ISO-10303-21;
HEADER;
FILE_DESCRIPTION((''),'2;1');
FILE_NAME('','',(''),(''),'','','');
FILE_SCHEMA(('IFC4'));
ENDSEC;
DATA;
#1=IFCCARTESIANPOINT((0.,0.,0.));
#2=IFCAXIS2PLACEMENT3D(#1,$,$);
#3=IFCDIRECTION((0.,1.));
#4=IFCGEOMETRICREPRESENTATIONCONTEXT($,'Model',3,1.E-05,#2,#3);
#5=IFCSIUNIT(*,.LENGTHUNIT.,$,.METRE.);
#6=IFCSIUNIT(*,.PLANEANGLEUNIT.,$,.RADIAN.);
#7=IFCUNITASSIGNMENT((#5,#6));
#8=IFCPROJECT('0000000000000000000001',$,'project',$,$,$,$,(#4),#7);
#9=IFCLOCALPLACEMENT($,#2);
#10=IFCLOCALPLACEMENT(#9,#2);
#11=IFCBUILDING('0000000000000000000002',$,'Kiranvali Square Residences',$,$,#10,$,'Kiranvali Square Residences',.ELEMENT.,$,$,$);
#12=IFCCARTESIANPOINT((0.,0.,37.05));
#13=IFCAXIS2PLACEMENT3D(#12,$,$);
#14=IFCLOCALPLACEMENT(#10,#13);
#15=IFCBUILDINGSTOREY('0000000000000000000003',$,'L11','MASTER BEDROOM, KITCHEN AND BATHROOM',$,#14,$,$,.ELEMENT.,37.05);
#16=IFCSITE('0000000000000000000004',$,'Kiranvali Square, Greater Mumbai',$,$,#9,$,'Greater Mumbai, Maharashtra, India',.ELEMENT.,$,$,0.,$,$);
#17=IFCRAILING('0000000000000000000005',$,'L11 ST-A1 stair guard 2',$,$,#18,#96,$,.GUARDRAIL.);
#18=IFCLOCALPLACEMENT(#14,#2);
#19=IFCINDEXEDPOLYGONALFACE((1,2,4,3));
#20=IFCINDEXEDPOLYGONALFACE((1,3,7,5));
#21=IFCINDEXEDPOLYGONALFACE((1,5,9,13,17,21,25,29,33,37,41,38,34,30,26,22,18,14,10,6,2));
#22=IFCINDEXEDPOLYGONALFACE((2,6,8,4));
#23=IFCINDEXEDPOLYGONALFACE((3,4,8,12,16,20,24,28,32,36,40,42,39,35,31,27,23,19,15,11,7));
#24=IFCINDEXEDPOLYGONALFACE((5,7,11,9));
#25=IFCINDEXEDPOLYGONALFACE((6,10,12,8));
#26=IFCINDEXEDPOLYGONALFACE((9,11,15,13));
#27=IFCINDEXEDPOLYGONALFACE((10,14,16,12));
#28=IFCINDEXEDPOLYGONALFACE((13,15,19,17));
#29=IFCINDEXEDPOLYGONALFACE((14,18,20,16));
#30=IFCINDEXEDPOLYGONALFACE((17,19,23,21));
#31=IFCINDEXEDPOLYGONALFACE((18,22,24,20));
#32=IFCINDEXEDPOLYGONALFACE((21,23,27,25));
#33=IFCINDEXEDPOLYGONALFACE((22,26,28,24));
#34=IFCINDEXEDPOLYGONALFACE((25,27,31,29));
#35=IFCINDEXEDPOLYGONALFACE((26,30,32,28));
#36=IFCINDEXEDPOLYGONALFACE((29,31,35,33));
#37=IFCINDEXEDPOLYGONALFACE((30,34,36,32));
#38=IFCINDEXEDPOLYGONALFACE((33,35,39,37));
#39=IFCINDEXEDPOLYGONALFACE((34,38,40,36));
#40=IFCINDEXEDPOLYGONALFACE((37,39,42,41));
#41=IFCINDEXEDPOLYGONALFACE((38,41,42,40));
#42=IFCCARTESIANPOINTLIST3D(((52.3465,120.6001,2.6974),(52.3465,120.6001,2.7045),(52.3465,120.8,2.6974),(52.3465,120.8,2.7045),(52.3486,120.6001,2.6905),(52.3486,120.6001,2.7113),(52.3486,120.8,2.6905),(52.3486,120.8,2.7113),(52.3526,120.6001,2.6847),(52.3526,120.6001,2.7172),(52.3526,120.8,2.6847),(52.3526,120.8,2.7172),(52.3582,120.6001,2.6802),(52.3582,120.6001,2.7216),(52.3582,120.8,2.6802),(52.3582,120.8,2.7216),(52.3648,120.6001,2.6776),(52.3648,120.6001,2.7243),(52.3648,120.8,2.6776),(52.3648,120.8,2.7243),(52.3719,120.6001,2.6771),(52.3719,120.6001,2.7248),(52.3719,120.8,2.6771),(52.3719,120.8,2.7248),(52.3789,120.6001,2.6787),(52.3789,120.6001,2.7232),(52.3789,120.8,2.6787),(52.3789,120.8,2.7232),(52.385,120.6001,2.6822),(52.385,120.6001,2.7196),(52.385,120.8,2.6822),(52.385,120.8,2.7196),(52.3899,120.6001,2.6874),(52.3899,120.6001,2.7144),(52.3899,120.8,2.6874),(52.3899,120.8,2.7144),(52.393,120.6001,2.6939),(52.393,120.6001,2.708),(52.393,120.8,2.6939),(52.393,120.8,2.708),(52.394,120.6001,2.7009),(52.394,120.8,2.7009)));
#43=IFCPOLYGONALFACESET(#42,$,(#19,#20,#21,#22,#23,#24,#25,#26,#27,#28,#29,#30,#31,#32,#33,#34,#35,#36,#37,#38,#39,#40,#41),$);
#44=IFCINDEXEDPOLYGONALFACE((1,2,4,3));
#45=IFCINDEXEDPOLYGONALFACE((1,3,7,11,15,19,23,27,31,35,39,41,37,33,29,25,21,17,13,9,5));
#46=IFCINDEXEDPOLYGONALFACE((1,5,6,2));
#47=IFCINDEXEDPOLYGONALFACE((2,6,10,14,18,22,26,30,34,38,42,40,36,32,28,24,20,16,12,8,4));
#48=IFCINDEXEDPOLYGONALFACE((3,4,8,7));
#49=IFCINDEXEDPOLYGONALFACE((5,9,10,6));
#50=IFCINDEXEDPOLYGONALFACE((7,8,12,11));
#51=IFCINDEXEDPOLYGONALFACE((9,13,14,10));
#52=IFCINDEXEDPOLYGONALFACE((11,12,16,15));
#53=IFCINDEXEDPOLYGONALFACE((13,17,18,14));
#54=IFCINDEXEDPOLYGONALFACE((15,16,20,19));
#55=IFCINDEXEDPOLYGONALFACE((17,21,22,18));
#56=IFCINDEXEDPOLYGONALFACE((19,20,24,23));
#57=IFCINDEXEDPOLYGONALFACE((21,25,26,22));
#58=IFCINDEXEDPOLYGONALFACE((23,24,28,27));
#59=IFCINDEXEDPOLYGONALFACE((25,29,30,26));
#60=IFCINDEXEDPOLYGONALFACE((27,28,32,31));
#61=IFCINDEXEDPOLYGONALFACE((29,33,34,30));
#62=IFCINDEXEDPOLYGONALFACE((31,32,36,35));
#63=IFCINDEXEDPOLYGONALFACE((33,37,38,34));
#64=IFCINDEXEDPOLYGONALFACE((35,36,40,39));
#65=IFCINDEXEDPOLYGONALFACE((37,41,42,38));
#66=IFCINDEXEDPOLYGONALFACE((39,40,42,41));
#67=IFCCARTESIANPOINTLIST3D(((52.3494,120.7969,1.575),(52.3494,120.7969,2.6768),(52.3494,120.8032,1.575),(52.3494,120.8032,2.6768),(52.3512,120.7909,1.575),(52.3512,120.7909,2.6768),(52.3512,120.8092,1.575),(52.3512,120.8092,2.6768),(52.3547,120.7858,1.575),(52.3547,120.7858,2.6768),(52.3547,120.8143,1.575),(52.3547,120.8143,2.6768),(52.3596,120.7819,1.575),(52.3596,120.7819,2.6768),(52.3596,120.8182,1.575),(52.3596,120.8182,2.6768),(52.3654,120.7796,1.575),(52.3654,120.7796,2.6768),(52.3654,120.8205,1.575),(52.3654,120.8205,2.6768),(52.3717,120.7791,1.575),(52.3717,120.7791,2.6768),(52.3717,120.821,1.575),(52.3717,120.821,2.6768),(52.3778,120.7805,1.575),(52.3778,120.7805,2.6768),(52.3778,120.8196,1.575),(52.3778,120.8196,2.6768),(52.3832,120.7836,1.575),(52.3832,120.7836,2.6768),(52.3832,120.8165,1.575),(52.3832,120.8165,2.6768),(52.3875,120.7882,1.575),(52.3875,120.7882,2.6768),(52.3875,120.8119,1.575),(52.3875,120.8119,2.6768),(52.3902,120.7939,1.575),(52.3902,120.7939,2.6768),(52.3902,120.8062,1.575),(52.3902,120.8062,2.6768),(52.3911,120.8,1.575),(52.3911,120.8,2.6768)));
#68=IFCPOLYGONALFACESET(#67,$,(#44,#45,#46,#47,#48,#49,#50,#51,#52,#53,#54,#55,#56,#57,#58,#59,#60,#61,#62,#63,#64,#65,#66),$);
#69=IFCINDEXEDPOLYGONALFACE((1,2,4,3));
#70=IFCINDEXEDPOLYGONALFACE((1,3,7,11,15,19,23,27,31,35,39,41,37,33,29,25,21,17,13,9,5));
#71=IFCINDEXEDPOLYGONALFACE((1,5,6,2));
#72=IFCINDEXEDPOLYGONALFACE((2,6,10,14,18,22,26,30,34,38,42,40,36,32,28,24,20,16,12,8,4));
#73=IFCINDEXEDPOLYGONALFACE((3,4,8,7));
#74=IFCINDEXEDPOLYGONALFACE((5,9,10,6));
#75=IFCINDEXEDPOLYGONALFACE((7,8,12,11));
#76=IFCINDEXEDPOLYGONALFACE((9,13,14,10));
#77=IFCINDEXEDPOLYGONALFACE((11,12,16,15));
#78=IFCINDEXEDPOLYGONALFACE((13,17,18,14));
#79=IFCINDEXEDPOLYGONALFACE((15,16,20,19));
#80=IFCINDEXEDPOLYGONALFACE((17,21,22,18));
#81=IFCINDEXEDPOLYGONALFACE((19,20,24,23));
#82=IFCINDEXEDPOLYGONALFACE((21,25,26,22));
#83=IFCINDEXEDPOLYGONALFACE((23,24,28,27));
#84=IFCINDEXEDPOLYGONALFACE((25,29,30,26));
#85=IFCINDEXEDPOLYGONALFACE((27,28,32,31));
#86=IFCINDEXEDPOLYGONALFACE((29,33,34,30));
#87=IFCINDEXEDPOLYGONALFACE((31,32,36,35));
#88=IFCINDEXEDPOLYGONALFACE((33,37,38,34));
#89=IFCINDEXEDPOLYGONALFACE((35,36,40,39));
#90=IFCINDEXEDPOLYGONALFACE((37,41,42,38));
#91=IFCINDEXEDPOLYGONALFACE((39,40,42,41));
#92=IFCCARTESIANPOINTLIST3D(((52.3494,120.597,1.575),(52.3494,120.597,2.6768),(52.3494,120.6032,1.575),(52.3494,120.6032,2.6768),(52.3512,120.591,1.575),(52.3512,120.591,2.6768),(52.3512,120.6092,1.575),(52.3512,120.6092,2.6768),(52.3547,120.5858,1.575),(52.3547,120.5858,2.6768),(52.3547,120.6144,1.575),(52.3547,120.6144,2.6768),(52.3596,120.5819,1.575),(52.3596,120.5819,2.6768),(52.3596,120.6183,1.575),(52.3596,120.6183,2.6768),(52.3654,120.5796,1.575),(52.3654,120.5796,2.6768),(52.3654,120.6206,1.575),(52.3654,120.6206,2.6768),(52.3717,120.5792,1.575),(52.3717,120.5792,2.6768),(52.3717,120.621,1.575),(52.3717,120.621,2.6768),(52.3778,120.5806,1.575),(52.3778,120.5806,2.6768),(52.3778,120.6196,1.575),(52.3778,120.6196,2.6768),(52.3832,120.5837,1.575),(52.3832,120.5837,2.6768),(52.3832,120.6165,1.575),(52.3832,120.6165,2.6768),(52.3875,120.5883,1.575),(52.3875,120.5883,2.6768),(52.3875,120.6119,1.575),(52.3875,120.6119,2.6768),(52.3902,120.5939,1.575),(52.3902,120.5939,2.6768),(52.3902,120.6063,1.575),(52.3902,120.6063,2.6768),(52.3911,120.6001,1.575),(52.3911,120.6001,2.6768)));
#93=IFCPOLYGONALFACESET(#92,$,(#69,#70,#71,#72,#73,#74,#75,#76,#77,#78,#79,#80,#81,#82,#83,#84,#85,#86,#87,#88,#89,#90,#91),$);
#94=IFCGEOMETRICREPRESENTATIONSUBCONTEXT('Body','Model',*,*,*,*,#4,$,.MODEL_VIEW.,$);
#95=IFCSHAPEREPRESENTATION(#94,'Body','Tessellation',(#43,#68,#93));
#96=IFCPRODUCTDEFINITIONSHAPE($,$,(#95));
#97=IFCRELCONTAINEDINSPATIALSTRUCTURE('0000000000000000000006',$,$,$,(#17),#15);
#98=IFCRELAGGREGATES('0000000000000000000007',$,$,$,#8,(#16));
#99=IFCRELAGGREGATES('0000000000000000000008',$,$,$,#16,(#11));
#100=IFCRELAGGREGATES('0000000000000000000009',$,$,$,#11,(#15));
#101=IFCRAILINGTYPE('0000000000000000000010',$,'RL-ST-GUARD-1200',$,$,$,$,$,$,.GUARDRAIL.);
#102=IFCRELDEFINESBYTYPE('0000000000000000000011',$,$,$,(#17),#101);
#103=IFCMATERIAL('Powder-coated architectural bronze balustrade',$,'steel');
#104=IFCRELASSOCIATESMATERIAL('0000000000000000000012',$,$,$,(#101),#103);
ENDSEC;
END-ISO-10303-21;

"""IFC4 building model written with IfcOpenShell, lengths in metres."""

from ifc_helpers import new_model, si_unit, direction, frame, origin, origin_2d, place, context, subcontext, project, spatial, circle, extrude, material, type_object, element, save


model = new_model("IFC4")

# Units and contexts
model_context = context("Model", 3, precision=1e-05, world=origin(), true_north=direction((0.0, 1.0)))
body_context = subcontext(model_context, "Body", "Model", "MODEL_VIEW")
ifc_project = project(units=[si_unit("LENGTHUNIT", "METRE"), si_unit("PLANEANGLEUNIT", "RADIAN")], contexts=[model_context])

# Site, building, storey
site_placement = place(None, origin())
site = spatial("IfcSite", under=ifc_project, at=site_placement, Name="Kiranvali Square, Greater Mumbai", LongName="Greater Mumbai, Maharashtra, India", CompositionType="ELEMENT", RefElevation=0.0)
building_placement = place(site_placement, origin())
building = spatial("IfcBuilding", under=site, at=building_placement, Name="Kiranvali Square Residences", LongName="Kiranvali Square Residences", CompositionType="ELEMENT")
storey_placement = place(building_placement, frame((0.0, 0.0, 37.05)))
storey = spatial("IfcBuildingStorey", under=building, at=storey_placement, Name="L11", Description="MASTER BEDROOM, KITCHEN AND BATHROOM", CompositionType="ELEMENT", Elevation=37.05)

# Railing
ifc_material_1 = material(Name="Powder-coated architectural bronze balustrade", Category="steel")
railing_type_1 = type_object("IfcRailingType", Name="RL-ST-GUARD-1200", PredefinedType="GUARDRAIL", material=ifc_material_1)
railing_1_placement = place(storey_placement, frame((52.3701, 120.8, 1.575)))
element("IfcRailing", 1, at=railing_1_placement, inside=storey, type_object=railing_type_1, Name="L11 ST-A1 stair guard 2", PredefinedType="GUARDRAIL", context=body_context, shape_type="SweptSolid", body=[
    extrude(circle(Radius=0.0239, at=origin_2d()), frame((0.0, 0.0, 1.126), z_axis=(0.0, -1.0, 0.0), x_axis=(1.0, 0.0, 0.0)), (0.0, 0.0, 1.0), 0.2),
    extrude(circle(Radius=0.021, at=origin_2d()), origin(), (0.0, 0.0, 1.0), 1.1018),
    extrude(circle(Radius=0.021, at=origin_2d()), frame((0.0, -0.2, 0.0)), (0.0, 0.0, 1.0), 1.1018),
])

save(model, "model.ifc")
